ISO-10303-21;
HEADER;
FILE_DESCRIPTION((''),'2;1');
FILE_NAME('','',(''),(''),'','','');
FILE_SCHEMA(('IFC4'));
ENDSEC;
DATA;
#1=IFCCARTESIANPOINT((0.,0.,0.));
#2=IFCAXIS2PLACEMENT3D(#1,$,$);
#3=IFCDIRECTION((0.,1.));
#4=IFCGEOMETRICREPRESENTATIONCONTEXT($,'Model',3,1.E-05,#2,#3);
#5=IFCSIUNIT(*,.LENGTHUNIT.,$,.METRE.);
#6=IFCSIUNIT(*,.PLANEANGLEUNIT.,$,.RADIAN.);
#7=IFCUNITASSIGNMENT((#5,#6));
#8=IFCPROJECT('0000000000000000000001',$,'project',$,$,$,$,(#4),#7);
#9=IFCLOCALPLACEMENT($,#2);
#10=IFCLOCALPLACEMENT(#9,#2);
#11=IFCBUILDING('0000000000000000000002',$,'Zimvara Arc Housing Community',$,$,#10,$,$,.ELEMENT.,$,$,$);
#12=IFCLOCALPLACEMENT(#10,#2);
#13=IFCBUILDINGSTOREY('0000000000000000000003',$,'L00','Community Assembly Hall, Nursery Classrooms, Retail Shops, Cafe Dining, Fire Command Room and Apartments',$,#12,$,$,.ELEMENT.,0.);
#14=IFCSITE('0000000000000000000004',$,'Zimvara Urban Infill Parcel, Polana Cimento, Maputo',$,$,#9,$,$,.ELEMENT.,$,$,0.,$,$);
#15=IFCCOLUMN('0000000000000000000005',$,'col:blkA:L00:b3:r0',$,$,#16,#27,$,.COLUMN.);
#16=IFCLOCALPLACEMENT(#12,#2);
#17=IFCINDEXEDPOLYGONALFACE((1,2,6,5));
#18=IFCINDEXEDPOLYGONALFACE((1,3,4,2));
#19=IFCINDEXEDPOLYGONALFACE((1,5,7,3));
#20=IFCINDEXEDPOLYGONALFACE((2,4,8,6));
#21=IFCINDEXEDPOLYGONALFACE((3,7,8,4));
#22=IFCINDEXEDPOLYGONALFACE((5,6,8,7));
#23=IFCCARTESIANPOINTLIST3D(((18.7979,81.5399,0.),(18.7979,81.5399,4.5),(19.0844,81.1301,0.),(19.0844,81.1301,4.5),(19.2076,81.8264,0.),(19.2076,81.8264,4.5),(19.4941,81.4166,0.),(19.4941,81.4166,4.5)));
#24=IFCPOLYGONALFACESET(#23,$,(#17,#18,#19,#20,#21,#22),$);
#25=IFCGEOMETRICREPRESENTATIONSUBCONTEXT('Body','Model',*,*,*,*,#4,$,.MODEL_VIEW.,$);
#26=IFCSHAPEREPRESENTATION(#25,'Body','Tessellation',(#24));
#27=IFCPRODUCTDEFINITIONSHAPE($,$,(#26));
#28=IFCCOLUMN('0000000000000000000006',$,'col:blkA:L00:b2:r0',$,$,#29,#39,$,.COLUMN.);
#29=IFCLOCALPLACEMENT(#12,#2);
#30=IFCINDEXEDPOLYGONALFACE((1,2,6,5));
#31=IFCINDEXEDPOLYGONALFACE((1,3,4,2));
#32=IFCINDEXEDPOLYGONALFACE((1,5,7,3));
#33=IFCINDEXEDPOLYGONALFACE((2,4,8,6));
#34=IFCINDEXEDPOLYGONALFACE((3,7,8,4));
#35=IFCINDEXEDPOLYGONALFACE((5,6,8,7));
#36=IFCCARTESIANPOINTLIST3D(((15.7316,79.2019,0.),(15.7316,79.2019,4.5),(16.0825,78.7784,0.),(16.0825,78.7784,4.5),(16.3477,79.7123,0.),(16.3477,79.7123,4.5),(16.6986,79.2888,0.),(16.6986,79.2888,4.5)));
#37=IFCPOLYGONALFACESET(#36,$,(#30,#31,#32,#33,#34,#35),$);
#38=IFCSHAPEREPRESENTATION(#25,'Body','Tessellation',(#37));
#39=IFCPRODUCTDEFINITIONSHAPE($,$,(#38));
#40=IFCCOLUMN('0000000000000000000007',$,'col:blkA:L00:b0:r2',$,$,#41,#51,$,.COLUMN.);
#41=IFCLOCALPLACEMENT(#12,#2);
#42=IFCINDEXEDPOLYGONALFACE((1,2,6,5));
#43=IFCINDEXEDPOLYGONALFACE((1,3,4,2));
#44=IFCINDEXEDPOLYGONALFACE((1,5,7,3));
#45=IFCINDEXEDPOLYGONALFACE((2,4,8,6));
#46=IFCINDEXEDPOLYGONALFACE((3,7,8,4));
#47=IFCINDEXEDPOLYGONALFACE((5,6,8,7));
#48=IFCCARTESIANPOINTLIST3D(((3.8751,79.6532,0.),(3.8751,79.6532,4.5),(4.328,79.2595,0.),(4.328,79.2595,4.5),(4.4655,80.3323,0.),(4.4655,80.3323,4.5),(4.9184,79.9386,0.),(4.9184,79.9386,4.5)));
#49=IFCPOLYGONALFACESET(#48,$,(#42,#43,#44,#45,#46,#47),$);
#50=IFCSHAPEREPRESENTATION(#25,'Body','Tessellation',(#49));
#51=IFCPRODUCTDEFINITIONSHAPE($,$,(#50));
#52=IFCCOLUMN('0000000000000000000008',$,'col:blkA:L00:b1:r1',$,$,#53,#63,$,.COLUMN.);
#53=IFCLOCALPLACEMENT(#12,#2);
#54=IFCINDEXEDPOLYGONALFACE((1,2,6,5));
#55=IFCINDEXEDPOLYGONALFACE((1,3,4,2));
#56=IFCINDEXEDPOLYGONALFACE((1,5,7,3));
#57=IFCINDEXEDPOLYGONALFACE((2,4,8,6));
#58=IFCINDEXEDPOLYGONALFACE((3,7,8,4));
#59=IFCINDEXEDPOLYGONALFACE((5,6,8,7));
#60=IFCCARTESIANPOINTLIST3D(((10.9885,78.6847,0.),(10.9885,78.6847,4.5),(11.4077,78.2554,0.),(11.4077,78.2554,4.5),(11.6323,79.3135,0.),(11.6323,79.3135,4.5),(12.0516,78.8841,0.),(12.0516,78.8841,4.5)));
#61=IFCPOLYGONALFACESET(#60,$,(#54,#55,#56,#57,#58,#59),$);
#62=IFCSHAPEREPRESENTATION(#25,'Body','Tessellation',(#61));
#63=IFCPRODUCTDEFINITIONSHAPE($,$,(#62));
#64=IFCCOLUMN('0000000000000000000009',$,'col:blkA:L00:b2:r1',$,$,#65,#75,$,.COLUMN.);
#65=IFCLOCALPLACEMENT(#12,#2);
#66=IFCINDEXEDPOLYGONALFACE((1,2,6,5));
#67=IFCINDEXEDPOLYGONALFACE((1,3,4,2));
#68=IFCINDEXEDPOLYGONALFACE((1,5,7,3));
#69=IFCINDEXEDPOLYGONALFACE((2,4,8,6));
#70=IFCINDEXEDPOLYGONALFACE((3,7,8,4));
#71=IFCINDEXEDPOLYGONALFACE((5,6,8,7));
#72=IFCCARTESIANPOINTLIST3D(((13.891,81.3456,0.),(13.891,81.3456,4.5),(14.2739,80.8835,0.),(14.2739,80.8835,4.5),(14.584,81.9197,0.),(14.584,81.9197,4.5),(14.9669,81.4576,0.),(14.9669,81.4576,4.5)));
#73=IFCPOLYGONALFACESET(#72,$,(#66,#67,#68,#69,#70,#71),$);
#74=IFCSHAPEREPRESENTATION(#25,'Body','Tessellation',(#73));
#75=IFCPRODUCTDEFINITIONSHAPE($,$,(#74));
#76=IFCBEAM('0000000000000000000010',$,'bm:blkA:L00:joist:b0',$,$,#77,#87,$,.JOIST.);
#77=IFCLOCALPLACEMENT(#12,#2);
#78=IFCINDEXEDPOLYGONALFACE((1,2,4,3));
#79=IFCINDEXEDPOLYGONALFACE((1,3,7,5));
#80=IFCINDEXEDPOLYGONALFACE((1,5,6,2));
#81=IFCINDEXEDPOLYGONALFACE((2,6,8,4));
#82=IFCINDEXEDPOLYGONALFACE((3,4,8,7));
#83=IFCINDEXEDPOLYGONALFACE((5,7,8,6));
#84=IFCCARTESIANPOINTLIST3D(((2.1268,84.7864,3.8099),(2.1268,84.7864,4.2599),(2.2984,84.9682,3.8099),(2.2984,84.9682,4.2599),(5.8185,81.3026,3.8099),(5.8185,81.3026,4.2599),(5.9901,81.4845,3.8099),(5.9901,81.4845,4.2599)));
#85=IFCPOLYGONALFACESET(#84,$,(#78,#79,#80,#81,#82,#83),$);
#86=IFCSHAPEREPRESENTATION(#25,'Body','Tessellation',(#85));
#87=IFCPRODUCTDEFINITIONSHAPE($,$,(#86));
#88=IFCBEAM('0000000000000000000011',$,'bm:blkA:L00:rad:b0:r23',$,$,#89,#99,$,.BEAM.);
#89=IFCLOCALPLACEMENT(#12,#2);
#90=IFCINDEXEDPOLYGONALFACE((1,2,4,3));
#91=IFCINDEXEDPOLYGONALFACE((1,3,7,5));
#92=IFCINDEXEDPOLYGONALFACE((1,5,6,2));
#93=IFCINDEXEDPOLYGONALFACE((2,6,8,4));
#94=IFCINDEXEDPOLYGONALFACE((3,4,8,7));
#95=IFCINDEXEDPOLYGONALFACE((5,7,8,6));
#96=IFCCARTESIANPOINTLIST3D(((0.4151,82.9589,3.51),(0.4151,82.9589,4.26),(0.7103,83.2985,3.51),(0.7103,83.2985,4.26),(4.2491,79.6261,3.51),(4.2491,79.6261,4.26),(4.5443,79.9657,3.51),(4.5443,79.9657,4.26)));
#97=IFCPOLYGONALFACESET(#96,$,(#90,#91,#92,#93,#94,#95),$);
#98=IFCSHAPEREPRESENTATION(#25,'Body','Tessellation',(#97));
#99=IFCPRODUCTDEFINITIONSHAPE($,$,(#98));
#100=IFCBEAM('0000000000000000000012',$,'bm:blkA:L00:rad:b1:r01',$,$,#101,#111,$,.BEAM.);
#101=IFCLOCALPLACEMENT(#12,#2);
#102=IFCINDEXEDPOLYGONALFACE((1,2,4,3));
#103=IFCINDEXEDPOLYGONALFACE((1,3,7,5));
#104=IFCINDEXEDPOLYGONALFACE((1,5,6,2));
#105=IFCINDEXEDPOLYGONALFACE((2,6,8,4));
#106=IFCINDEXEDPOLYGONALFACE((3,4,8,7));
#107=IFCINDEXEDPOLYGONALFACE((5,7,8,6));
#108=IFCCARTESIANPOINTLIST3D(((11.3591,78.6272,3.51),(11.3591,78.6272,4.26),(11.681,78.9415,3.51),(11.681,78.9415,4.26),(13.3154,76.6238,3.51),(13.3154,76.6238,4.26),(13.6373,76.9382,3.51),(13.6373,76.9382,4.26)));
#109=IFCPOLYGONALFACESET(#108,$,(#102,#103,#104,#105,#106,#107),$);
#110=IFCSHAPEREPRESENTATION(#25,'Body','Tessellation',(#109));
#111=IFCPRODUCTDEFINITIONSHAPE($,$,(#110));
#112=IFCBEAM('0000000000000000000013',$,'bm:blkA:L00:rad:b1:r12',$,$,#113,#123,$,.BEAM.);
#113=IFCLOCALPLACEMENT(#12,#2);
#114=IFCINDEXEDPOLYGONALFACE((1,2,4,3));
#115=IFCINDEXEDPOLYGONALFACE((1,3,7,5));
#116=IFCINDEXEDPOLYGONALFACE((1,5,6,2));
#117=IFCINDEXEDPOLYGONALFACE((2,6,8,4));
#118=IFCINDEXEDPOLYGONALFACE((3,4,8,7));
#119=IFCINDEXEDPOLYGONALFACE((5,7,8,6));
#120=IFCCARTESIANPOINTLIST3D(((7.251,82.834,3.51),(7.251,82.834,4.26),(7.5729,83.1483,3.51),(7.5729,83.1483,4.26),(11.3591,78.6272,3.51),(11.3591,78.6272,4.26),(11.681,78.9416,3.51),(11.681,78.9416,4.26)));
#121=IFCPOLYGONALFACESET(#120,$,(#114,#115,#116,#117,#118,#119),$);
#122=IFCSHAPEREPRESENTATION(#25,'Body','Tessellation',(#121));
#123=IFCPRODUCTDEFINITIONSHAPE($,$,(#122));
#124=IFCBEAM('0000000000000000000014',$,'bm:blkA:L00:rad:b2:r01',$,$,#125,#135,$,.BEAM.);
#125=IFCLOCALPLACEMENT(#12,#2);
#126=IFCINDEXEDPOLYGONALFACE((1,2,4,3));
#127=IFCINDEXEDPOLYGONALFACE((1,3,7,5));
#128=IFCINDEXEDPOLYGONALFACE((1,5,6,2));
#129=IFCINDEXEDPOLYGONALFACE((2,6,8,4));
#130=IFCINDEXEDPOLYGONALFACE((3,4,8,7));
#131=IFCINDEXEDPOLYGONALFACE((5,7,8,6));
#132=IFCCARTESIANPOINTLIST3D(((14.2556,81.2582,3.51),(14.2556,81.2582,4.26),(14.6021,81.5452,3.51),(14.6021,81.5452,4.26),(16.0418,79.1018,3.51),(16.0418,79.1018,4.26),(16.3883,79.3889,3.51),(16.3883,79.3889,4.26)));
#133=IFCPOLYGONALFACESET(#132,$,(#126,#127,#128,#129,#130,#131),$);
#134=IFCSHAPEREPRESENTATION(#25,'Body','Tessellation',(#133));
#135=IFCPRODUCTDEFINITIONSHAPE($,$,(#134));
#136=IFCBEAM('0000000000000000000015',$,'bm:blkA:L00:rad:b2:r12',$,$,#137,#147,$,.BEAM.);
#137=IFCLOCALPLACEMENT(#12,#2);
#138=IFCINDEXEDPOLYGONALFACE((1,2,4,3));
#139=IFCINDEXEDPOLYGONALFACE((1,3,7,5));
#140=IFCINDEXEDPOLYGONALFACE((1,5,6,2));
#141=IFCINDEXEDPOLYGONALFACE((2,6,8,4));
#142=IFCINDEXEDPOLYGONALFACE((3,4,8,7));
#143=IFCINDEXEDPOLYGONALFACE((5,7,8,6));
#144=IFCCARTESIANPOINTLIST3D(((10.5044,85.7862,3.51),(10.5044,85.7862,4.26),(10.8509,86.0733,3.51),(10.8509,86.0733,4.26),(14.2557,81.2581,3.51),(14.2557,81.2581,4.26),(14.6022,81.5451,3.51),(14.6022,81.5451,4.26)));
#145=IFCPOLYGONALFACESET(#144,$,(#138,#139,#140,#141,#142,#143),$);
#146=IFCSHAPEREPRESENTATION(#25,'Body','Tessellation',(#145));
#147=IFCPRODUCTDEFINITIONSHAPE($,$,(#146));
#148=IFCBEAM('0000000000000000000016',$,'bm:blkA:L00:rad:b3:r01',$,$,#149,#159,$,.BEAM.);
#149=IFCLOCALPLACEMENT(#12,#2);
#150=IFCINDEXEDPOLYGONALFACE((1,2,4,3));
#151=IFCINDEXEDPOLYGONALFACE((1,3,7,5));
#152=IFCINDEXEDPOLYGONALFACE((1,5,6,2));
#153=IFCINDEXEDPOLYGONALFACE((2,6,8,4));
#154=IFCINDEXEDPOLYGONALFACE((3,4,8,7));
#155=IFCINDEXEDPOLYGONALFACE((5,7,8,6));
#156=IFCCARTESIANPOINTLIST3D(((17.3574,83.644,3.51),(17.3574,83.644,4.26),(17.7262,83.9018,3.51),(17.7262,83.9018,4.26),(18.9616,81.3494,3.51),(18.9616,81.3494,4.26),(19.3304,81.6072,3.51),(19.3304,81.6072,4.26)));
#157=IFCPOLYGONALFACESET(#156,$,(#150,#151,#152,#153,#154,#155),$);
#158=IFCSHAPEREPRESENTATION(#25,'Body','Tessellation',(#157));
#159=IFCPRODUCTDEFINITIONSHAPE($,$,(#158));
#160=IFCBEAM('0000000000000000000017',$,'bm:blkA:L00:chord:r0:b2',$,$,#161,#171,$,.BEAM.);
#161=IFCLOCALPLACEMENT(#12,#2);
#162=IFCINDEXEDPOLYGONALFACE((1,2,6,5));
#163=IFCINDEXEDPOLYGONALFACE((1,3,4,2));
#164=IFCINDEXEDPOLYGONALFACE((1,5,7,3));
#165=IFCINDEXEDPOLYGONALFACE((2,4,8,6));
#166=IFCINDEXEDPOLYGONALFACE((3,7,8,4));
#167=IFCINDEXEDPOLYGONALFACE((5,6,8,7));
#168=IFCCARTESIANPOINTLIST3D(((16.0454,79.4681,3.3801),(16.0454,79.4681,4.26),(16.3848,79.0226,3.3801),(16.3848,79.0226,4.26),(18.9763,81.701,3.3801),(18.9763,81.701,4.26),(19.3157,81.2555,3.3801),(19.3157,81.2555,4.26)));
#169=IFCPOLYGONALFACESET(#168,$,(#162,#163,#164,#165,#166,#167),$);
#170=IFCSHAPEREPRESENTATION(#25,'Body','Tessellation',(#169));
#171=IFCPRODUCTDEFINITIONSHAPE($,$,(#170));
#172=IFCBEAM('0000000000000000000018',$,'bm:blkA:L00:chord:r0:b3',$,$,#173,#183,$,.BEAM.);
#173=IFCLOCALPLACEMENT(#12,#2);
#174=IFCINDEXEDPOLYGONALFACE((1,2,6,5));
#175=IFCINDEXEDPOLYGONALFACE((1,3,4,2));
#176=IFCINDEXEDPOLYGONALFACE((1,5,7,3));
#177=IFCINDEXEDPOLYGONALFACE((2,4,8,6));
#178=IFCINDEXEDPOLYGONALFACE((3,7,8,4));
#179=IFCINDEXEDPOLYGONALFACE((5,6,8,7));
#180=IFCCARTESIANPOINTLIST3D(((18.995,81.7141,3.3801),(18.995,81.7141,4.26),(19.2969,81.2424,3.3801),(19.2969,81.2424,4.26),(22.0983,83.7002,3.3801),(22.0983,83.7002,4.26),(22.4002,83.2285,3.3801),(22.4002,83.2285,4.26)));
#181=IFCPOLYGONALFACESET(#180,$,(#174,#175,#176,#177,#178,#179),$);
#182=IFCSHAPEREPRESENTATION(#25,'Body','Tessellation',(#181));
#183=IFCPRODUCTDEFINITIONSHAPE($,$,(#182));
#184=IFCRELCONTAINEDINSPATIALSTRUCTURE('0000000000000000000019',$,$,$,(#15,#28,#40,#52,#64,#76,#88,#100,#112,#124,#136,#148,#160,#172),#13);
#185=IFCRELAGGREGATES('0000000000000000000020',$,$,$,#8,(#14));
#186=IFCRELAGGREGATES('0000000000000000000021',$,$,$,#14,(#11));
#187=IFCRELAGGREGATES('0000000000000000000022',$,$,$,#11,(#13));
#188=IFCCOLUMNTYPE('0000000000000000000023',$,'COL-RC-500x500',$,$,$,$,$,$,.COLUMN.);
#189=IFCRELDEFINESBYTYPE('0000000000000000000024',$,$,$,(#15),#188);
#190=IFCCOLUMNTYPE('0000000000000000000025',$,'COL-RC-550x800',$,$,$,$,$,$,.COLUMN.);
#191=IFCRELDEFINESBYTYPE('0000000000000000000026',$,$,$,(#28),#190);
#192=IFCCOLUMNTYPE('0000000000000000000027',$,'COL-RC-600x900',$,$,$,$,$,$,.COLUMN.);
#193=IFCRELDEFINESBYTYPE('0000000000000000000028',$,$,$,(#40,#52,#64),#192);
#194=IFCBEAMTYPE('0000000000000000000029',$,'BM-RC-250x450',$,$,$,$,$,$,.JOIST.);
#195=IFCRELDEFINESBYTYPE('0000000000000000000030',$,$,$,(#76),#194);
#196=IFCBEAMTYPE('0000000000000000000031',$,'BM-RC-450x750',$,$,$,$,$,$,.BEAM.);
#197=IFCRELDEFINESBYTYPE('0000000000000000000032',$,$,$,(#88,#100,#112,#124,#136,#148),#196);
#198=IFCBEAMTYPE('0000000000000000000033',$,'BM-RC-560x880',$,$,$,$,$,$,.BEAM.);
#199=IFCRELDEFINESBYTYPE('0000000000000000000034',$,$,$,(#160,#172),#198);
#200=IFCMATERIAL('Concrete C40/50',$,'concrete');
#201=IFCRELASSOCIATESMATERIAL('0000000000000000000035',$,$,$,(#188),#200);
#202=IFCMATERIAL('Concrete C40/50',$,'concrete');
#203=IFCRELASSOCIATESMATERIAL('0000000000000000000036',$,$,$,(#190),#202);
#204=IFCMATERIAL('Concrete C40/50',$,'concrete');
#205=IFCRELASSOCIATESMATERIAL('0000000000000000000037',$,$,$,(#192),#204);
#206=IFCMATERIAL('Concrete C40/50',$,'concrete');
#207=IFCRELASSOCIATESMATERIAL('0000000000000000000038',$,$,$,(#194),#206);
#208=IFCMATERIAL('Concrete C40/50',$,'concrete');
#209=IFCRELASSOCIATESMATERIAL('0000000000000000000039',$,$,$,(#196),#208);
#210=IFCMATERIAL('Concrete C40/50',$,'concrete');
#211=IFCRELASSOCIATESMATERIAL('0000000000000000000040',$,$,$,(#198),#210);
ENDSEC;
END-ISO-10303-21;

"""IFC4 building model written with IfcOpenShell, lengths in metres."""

from ifc_helpers import new_model, si_unit, direction, frame, origin, origin_2d, place, context, subcontext, project, spatial, rectangle, extrude, material, material_profile, profile_set, type_object, element, save


model = new_model("IFC4")

# Units and contexts
model_context = context("Model", 3, precision=1e-05, world=origin(), true_north=direction((0.0, 1.0)))
body_context = subcontext(model_context, "Body", "Model", "MODEL_VIEW")
ifc_project = project(units=[si_unit("LENGTHUNIT", "METRE"), si_unit("PLANEANGLEUNIT", "RADIAN")], contexts=[model_context])

# Site, building, storey
site_placement = place(None, origin())
site = spatial("IfcSite", under=ifc_project, at=site_placement, Name="Zimvara Urban Infill Parcel, Polana Cimento, Maputo", CompositionType="ELEMENT", RefElevation=0.0)
building_placement = place(site_placement, origin())
building = spatial("IfcBuilding", under=site, at=building_placement, Name="Zimvara Arc Housing Community", CompositionType="ELEMENT")
storey_placement = place(building_placement, origin())
storey = spatial("IfcBuildingStorey", under=building, at=storey_placement, Name="L00", Description="Community Assembly Hall, Nursery Classrooms, Retail Shops, Cafe Dining, Fire Command Room and Apartments", CompositionType="ELEMENT", Elevation=0.0)

# Columns
ifc_material_1 = material(Name="Concrete C40/50", Category="concrete")
ifc_material_profile_1 = material_profile(ifc_material_1, rectangle(XDim=0.5, YDim=0.5, at=origin_2d()), Name="RC 500x500")
ifc_profile_set_1 = profile_set([ifc_material_profile_1], Name="Concrete C40/50")
column_type_1 = type_object("IfcColumnType", Name="COL-RC-500x500", PredefinedType="COLUMN", material=ifc_profile_set_1)
column_1_placement = place(storey_placement, frame((19.146, 81.4783, 0.0), z_axis=(0.0, 0.0, 1.0), x_axis=(-0.573004, 0.819552, 0.0)))
element("IfcColumn", 1, at=column_1_placement, inside=storey, type_object=column_type_1, Name="col:blkA:L00:b3:r0", PredefinedType="COLUMN", context=body_context, shape_type="SweptSolid", body=[
    extrude(rectangle(XDim=0.5, YDim=0.5, at=origin_2d()), origin(), (0.0, 0.0, 1.0), 4.5),
])
ifc_material_2 = material(Name="Concrete C40/50", Category="concrete")
ifc_material_profile_2 = material_profile(ifc_material_2, rectangle(XDim=0.55, YDim=0.8, at=origin_2d()), Name="RC 550x800")
ifc_profile_set_2 = profile_set([ifc_material_profile_2], Name="Concrete C40/50")
column_type_2 = type_object("IfcColumnType", Name="COL-RC-550x800", PredefinedType="COLUMN", material=ifc_profile_set_2)
column_2_placement = place(storey_placement, frame((16.2151, 79.2454, 0.0), z_axis=(0.0, 0.0, 1.0), x_axis=(-0.637962, 0.770068, 0.0)))
element("IfcColumn", 2, at=column_2_placement, inside=storey, type_object=column_type_2, Name="col:blkA:L00:b2:r0", PredefinedType="COLUMN", context=body_context, shape_type="SweptSolid", body=[
    extrude(rectangle(XDim=0.55, YDim=0.8, at=origin_2d()), origin(), (0.0, 0.0, 1.0), 4.5),
])
ifc_material_3 = material(Name="Concrete C40/50", Category="concrete")
ifc_material_profile_3 = material_profile(ifc_material_3, rectangle(XDim=0.6001, YDim=0.8999, at=origin_2d()), Name="RC 600x900")
ifc_profile_set_3 = profile_set([ifc_material_profile_3], Name="Concrete C40/50")
column_type_3 = type_object("IfcColumnType", Name="COL-RC-600x900", PredefinedType="COLUMN", material=ifc_profile_set_3)
for number, where, z_axis, x_axis, name in (
    (3, (4.3967, 79.7959, 0.0), (0.0, 0.0, 1.0), (-0.75471, 0.656059, 0.0), "col:blkA:L00:b0:r2"),
    (4, (11.52, 78.7844, 0.0), (0.0, 0.0, 1.0), (-0.698665, 0.715449, 0.0), "col:blkA:L00:b1:r1"),
    (5, (14.429, 81.4016, 0.0), (0.0, 0.0, 1.0), (-0.637962, 0.770068, 0.0), "col:blkA:L00:b2:r1"),
):
    element("IfcColumn", number, at=place(storey_placement, frame(where, z_axis=z_axis, x_axis=x_axis)), inside=storey, type_object=column_type_3, Name=name, PredefinedType="COLUMN", context=body_context, shape_type="SweptSolid", body=[
        extrude(rectangle(XDim=0.6001, YDim=0.8999, at=origin_2d()), origin(), (0.0, 0.0, 1.0), 4.5),
    ])

# Beams
ifc_material_4 = material(Name="Concrete C40/50", Category="concrete")
ifc_material_profile_4 = material_profile(ifc_material_4, rectangle(XDim=0.25, YDim=0.45, at=origin_2d()), Name="RC 250x450")
ifc_profile_set_4 = profile_set([ifc_material_profile_4], Name="Concrete C40/50")
beam_type_1 = type_object("IfcBeamType", Name="BM-RC-250x450", PredefinedType="JOIST", material=ifc_profile_set_4)
beam_1_placement = place(storey_placement, frame((5.9043, 81.3936, 4.0349), z_axis=(-0.7273, 0.68632, 0.0), x_axis=(-0.68632, -0.7273, 0.0)))
element("IfcBeam", 6, at=beam_1_placement, inside=storey, type_object=beam_type_1, Name="bm:blkA:L00:joist:b0", PredefinedType="JOIST", context=body_context, shape_type="SweptSolid", body=[
    extrude(rectangle(XDim=0.25, YDim=0.45, at=origin_2d()), origin(), (0.0, 0.0, 1.0), 5.0759),
])
ifc_material_5 = material(Name="Concrete C40/50", Category="concrete")
ifc_material_profile_5 = material_profile(ifc_material_5, rectangle(XDim=0.45, YDim=0.75, at=origin_2d()), Name="RC 450x750")
ifc_profile_set_5 = profile_set([ifc_material_profile_5], Name="Concrete C40/50")
beam_type_2 = type_object("IfcBeamType", Name="BM-RC-450x750", PredefinedType="BEAM", material=ifc_profile_set_5)
beam_2_placement = place(storey_placement, frame((4.3967, 79.7959, 3.885), z_axis=(-0.754716, 0.656051, 0.0), x_axis=(-0.656051, -0.754716, 0.0)))
element("IfcBeam", 7, at=beam_2_placement, inside=storey, type_object=beam_type_2, Name="bm:blkA:L00:rad:b0:r23", PredefinedType="BEAM", context=body_context, shape_type="SweptSolid", body=[
    extrude(rectangle(XDim=0.45, YDim=0.75, at=origin_2d()), origin(), (0.0, 0.0, 1.0), 5.0801),
])
beam_3_placement = place(storey_placement, frame((13.4763, 76.781, 3.885), z_axis=(-0.698643, 0.71547, 0.0), x_axis=(-0.71547, -0.698643, 0.0)))
element("IfcBeam", 8, at=beam_3_placement, inside=storey, type_object=beam_type_2, Name="bm:blkA:L00:rad:b1:r01", PredefinedType="BEAM", context=body_context, shape_type="SweptSolid", body=[
    extrude(rectangle(XDim=0.45, YDim=0.75, at=origin_2d()), origin(), (0.0, 0.0, 1.0), 2.8),
])
beam_4_placement = place(storey_placement, frame((11.52, 78.7844, 3.885), z_axis=(-0.69867, 0.715444, 0.0), x_axis=(-0.715444, -0.69867, 0.0)))
element("IfcBeam", 9, at=beam_4_placement, inside=storey, type_object=beam_type_2, Name="bm:blkA:L00:rad:b1:r12", PredefinedType="BEAM", context=body_context, shape_type="SweptSolid", body=[
    extrude(rectangle(XDim=0.45, YDim=0.75, at=origin_2d()), origin(), (0.0, 0.0, 1.0), 5.8799),
])
beam_5_placement = place(storey_placement, frame((16.2151, 79.2454, 3.885), z_axis=(-0.637917, 0.770105, 0.0), x_axis=(-0.770105, -0.637917, 0.0)))
element("IfcBeam", 10, at=beam_5_placement, inside=storey, type_object=beam_type_2, Name="bm:blkA:L00:rad:b2:r01", PredefinedType="BEAM", context=body_context, shape_type="SweptSolid", body=[
    extrude(rectangle(XDim=0.45, YDim=0.75, at=origin_2d()), origin(), (0.0, 0.0, 1.0), 2.8),
])
beam_6_placement = place(storey_placement, frame((14.429, 81.4016, 3.885), z_axis=(-0.637956, 0.770073, 0.0), x_axis=(-0.770073, -0.637956, 0.0)))
element("IfcBeam", 11, at=beam_6_placement, inside=storey, type_object=beam_type_2, Name="bm:blkA:L00:rad:b2:r12", PredefinedType="BEAM", context=body_context, shape_type="SweptSolid", body=[
    extrude(rectangle(XDim=0.45, YDim=0.75, at=origin_2d()), origin(), (0.0, 0.0, 1.0), 5.8801),
])
beam_7_placement = place(storey_placement, frame((19.146, 81.4783, 3.885), z_axis=(-0.572977, 0.819572, 0.0), x_axis=(-0.819572, -0.572977, 0.0)))
element("IfcBeam", 12, at=beam_7_placement, inside=storey, type_object=beam_type_2, Name="bm:blkA:L00:rad:b3:r01", PredefinedType="BEAM", context=body_context, shape_type="SweptSolid", body=[
    extrude(rectangle(XDim=0.45, YDim=0.75, at=origin_2d()), origin(), (0.0, 0.0, 1.0), 2.7998),
])
ifc_material_6 = material(Name="Concrete C40/50", Category="concrete")
ifc_material_profile_6 = material_profile(ifc_material_6, rectangle(XDim=0.5601, YDim=0.8799, at=origin_2d()), Name="RC 560x880")
ifc_profile_set_6 = profile_set([ifc_material_profile_6], Name="Concrete C40/50")
beam_type_3 = type_object("IfcBeamType", Name="BM-RC-560x880", PredefinedType="BEAM", material=ifc_profile_set_6)
beam_8_placement = place(storey_placement, frame((16.2151, 79.2454, 3.8201), z_axis=(0.795453, 0.606015, 0.0), x_axis=(-0.606015, 0.795453, 0.0)))
element("IfcBeam", 13, at=beam_8_placement, inside=storey, type_object=beam_type_3, Name="bm:blkA:L00:chord:r0:b2", PredefinedType="BEAM", context=body_context, shape_type="SweptSolid", body=[
    extrude(rectangle(XDim=0.5601, YDim=0.8799, at=origin_2d()), origin(), (0.0, 0.0, 1.0), 3.6846),
])
beam_9_placement = place(storey_placement, frame((19.146, 81.4783, 3.8201), z_axis=(0.842273, 0.539052, 0.0), x_axis=(-0.539052, 0.842273, 0.0)))
element("IfcBeam", 14, at=beam_9_placement, inside=storey, type_object=beam_type_3, Name="bm:blkA:L00:chord:r0:b3", PredefinedType="BEAM", context=body_context, shape_type="SweptSolid", body=[
    extrude(rectangle(XDim=0.5601, YDim=0.8799, at=origin_2d()), origin(), (0.0, 0.0, 1.0), 3.6843),
])

save(model, "model.ifc")
